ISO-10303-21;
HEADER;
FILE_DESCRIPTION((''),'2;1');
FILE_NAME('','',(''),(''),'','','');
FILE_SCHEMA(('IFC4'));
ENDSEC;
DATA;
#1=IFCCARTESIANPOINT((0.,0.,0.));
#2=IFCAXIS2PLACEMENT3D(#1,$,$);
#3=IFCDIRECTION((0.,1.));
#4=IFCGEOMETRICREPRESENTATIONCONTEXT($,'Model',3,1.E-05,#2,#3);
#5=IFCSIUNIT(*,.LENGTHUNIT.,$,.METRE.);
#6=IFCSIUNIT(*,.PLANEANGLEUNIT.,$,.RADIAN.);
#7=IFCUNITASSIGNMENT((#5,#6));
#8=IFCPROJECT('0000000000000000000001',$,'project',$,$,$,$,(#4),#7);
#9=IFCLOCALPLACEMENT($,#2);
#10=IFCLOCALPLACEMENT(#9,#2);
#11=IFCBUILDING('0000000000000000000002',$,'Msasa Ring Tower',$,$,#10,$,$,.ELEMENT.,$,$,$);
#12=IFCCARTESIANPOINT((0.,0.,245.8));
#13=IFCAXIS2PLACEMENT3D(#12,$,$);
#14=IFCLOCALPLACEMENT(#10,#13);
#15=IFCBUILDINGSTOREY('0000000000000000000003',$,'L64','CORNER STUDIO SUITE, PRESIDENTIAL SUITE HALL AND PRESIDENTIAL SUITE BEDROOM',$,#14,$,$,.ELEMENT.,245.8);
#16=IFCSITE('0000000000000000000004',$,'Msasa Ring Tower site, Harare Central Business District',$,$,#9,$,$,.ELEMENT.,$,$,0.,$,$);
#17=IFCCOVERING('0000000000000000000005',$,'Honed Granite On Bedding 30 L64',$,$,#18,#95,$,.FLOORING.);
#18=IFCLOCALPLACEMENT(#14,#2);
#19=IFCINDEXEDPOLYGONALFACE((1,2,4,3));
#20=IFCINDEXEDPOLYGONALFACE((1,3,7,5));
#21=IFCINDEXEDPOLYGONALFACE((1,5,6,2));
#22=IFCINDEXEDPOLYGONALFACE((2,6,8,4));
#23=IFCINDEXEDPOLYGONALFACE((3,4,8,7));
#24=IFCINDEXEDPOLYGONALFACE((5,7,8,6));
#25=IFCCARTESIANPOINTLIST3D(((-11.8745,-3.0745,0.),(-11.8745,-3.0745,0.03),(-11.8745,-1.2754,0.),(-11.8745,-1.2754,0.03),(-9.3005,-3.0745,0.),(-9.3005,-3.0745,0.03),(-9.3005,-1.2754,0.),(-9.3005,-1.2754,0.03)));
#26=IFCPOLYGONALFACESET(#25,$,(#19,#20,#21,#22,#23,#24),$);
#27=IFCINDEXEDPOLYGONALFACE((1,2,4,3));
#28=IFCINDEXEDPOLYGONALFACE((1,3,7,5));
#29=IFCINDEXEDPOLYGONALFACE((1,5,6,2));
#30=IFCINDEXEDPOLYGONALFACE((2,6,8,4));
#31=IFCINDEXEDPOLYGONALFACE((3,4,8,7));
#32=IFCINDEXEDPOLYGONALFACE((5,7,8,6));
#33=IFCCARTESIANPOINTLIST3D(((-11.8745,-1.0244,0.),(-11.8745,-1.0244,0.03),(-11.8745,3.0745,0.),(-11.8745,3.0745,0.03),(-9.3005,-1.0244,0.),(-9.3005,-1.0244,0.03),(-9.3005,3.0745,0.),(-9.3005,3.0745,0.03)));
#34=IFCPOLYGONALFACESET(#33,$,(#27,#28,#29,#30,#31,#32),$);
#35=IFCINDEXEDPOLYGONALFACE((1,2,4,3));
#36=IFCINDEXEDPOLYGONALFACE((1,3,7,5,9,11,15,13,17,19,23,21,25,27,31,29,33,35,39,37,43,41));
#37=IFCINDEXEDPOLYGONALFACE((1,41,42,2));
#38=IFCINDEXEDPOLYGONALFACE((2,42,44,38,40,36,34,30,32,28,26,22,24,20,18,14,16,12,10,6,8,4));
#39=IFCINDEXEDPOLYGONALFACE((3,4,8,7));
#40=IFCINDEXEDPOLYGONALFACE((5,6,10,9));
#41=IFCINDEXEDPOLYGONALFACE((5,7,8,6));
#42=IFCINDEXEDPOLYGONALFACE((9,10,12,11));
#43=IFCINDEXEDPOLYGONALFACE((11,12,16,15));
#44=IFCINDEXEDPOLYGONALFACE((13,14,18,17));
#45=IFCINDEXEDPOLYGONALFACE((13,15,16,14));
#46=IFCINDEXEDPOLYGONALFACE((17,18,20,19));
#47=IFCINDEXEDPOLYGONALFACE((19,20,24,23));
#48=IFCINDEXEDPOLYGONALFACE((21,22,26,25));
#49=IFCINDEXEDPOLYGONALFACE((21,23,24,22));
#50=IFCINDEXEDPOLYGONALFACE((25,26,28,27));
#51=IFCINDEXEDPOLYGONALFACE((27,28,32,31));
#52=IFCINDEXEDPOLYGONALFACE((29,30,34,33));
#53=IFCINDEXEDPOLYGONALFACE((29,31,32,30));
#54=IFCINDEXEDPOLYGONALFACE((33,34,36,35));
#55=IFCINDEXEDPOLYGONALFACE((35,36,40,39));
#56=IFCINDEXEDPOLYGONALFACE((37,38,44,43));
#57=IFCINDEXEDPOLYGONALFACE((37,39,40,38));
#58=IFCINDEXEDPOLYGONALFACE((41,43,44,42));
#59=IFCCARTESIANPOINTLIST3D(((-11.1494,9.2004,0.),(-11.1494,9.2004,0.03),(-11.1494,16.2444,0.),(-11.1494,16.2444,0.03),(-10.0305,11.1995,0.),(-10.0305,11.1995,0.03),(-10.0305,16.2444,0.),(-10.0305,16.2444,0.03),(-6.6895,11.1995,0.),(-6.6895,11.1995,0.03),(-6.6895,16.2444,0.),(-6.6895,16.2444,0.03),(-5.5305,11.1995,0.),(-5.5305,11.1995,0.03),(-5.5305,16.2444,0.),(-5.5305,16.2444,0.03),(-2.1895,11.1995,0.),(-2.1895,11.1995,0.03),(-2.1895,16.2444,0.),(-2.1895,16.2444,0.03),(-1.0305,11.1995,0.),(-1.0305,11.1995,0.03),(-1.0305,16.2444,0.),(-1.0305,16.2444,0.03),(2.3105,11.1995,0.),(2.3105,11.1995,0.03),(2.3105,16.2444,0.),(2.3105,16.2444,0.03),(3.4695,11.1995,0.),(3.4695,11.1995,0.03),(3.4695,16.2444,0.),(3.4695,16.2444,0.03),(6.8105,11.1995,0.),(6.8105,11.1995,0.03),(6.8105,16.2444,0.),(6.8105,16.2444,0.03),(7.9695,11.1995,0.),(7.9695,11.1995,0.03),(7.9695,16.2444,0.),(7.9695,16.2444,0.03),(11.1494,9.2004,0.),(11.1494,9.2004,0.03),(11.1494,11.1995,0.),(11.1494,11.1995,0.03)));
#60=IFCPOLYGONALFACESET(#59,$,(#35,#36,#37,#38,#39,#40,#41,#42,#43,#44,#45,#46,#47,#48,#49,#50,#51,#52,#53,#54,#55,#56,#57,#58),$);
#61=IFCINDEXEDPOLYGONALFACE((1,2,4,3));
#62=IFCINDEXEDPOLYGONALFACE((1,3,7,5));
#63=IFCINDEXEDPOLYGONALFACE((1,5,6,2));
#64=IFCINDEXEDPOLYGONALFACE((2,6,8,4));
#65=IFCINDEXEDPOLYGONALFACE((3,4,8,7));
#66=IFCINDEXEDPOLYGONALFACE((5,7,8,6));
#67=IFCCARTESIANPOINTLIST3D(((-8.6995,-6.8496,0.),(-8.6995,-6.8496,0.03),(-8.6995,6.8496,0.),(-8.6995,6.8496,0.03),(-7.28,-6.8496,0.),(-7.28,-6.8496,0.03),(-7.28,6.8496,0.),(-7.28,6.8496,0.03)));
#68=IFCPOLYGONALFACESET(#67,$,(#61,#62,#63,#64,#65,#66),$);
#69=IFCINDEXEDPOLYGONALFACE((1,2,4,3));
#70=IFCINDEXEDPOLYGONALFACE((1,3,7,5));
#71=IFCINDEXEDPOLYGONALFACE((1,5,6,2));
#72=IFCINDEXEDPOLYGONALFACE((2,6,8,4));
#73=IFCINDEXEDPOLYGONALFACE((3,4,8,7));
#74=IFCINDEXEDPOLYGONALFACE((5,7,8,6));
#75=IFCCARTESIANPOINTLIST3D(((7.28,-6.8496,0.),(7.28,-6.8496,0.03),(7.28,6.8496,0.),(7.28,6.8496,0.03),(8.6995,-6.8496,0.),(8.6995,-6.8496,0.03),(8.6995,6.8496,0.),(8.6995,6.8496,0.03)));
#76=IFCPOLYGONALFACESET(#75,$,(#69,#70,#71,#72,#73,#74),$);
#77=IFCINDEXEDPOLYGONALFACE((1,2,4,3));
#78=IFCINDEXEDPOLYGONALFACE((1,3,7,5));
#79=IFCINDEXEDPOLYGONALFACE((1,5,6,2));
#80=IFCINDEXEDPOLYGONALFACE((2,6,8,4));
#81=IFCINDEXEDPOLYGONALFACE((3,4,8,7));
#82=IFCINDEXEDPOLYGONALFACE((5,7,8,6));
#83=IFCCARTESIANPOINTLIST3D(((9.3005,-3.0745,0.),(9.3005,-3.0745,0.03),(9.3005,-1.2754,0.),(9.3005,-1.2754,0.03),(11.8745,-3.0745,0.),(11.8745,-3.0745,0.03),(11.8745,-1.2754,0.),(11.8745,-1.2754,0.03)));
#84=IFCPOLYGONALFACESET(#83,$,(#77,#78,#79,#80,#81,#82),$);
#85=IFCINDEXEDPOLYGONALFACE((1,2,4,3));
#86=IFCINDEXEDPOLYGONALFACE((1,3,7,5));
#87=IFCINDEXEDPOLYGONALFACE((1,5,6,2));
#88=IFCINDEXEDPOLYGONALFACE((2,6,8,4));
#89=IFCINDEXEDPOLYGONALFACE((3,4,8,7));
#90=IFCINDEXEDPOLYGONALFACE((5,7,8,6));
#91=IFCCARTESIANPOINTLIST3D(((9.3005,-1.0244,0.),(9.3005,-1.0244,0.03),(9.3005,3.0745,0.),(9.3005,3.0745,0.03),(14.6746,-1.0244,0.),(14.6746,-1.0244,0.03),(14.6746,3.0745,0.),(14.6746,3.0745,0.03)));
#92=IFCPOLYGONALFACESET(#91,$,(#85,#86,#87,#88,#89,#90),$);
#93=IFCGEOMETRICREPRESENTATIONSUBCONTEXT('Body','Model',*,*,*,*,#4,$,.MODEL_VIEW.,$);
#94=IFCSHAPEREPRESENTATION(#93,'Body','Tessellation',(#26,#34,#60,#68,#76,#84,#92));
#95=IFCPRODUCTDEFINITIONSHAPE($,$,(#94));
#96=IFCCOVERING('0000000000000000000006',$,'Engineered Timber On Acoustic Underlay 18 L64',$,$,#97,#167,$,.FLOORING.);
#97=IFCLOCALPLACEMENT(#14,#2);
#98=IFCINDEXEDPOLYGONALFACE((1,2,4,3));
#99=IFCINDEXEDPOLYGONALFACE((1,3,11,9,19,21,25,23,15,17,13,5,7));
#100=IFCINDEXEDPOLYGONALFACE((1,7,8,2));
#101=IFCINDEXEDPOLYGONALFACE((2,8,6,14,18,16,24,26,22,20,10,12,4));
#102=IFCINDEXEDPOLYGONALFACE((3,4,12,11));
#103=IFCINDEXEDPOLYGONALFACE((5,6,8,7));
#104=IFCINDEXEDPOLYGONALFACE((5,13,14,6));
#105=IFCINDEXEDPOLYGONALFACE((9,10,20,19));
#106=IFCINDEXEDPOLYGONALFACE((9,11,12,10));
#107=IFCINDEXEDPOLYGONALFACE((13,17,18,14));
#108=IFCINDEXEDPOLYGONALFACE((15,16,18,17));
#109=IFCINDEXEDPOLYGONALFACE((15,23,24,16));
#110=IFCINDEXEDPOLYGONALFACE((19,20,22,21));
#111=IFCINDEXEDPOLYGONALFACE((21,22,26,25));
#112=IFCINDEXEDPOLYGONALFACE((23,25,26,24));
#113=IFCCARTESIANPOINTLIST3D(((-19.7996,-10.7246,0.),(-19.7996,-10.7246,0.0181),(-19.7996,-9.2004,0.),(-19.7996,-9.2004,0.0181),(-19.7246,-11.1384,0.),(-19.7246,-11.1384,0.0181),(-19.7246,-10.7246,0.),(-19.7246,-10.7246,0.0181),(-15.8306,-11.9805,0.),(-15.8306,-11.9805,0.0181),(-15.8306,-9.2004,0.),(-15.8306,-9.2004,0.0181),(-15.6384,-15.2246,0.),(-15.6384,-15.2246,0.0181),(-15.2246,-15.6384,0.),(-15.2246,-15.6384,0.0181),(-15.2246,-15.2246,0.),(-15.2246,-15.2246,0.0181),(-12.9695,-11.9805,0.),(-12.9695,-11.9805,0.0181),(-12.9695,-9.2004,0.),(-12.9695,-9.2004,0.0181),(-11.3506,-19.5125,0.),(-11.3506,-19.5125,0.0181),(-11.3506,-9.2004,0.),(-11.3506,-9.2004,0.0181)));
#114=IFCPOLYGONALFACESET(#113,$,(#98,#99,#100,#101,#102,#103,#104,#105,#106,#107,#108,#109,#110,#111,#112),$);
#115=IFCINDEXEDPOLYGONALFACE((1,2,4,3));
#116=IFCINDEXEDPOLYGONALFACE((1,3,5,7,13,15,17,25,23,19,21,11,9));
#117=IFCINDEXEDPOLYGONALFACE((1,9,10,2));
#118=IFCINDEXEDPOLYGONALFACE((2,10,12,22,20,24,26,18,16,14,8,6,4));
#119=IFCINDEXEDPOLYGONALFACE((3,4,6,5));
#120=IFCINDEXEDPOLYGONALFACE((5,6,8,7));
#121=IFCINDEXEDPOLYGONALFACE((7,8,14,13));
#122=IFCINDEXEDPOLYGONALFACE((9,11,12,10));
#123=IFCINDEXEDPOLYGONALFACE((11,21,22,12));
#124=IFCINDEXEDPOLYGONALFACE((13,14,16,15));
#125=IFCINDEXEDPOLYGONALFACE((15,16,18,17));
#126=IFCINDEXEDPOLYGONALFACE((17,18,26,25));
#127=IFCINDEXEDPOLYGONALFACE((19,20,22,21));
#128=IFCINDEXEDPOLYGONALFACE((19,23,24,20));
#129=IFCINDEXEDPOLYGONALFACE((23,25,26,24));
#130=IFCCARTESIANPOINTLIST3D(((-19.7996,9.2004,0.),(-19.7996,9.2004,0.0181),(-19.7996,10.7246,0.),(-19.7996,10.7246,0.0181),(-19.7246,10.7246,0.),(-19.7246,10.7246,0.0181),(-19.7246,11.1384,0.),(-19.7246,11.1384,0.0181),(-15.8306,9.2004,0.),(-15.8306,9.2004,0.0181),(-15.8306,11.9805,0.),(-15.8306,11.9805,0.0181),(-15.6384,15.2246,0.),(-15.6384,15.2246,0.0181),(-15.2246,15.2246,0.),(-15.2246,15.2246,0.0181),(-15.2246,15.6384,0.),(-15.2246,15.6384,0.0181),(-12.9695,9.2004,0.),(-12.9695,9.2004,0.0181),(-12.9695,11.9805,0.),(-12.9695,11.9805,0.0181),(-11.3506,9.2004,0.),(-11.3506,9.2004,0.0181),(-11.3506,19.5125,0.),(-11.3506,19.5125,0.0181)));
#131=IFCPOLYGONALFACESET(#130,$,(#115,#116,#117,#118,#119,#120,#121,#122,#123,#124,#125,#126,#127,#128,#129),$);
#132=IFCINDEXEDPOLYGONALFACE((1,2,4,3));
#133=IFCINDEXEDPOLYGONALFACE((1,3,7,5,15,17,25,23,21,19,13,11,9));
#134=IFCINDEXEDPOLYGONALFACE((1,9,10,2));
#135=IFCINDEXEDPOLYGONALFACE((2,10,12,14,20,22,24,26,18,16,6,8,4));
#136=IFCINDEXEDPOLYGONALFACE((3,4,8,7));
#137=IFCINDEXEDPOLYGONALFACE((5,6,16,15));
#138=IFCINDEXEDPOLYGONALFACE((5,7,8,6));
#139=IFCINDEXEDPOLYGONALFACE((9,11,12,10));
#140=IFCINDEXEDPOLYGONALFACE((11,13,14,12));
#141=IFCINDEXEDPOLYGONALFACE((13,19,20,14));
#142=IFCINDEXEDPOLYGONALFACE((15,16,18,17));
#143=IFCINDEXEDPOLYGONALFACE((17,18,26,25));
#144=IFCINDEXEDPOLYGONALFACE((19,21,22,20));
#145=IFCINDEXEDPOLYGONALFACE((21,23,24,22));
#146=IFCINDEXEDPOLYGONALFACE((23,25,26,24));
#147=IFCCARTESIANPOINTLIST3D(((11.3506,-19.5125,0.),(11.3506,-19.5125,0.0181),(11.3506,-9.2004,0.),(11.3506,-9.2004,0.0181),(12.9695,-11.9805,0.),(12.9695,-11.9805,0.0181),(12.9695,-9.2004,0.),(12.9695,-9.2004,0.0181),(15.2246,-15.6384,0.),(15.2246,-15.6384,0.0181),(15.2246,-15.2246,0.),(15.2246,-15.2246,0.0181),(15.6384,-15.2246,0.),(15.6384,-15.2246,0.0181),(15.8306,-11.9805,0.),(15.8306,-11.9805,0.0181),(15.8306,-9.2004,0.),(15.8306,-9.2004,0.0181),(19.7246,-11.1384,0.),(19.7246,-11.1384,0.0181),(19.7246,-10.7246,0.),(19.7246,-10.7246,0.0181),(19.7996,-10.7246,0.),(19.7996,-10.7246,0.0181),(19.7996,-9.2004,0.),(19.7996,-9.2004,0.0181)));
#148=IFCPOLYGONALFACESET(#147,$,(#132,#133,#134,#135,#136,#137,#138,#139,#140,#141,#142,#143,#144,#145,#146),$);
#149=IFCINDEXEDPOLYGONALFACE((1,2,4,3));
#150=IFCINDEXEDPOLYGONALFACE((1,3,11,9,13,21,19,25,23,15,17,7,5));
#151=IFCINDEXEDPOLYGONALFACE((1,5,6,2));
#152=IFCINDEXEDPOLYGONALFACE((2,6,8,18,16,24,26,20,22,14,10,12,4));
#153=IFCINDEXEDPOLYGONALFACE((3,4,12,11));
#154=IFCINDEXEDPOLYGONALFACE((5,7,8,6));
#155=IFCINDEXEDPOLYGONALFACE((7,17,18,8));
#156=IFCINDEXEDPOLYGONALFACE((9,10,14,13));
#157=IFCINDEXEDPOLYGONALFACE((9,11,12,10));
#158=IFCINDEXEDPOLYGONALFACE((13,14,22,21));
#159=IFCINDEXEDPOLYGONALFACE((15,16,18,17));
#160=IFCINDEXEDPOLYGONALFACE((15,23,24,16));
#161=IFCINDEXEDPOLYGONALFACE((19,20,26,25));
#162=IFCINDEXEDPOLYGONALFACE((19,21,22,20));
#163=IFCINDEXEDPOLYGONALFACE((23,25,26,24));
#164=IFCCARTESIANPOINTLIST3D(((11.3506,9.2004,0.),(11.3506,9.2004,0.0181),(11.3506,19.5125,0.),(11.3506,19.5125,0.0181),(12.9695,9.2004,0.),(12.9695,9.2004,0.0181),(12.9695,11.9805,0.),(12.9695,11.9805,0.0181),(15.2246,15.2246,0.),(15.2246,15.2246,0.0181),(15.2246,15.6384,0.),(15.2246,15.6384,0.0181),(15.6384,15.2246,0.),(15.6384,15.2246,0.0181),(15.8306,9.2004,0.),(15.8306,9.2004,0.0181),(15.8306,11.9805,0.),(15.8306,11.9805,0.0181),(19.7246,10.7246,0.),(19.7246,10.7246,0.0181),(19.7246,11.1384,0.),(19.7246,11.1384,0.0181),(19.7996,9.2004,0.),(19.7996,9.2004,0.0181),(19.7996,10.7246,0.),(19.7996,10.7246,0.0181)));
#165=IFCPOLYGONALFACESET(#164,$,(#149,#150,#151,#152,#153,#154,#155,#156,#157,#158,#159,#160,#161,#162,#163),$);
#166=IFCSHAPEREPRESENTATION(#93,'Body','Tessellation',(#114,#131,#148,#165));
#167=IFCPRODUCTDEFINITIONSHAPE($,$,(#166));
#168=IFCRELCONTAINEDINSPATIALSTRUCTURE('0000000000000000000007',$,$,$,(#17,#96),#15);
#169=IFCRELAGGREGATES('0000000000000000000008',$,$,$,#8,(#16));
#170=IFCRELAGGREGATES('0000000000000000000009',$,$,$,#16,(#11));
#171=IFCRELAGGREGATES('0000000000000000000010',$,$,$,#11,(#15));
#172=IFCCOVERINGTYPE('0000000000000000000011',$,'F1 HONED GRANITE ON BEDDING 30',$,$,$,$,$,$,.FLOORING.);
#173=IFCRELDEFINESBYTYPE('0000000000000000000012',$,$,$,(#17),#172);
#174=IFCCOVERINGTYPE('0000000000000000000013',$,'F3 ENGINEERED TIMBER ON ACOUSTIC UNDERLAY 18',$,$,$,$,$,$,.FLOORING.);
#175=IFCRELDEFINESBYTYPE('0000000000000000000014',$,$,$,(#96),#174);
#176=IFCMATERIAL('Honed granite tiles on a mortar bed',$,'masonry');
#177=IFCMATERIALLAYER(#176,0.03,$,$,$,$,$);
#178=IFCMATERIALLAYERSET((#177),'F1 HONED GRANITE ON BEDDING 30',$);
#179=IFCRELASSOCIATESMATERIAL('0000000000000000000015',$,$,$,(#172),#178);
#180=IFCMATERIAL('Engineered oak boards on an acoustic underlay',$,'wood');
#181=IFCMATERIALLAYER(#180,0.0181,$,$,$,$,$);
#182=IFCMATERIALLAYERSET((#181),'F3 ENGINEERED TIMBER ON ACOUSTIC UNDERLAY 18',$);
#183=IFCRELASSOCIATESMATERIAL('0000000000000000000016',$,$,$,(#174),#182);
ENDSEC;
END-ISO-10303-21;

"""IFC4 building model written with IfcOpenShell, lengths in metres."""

from ifc_helpers import new_model, si_unit, direction, frame, origin, place, context, subcontext, project, spatial, line, indexed_curve, outline, extrude, material, layer, layer_set, type_object, element, save


model = new_model("IFC4")

# Units and contexts
model_context = context("Model", 3, precision=1e-05, world=origin(), true_north=direction((0.0, 1.0)))
body_context = subcontext(model_context, "Body", "Model", "MODEL_VIEW")
ifc_project = project(units=[si_unit("LENGTHUNIT", "METRE"), si_unit("PLANEANGLEUNIT", "RADIAN")], contexts=[model_context])

# Site, building, storey
site_placement = place(None, origin())
site = spatial("IfcSite", under=ifc_project, at=site_placement, Name="Msasa Ring Tower site, Harare Central Business District", CompositionType="ELEMENT", RefElevation=0.0)
building_placement = place(site_placement, origin())
building = spatial("IfcBuilding", under=site, at=building_placement, Name="Msasa Ring Tower", CompositionType="ELEMENT")
storey_placement = place(building_placement, frame((0.0, 0.0, 245.8)))
storey = spatial("IfcBuildingStorey", under=building, at=storey_placement, Name="L64", Description="CORNER STUDIO SUITE, PRESIDENTIAL SUITE HALL AND PRESIDENTIAL SUITE BEDROOM", CompositionType="ELEMENT", Elevation=245.8)

# Coverings
ifc_material_1 = material(Name="Honed granite tiles on a mortar bed", Category="masonry")
ifc_layer_1 = layer(ifc_material_1, 0.03)
ifc_layer_set_1 = layer_set([ifc_layer_1], Name="F1 HONED GRANITE ON BEDDING 30")
covering_type_1 = type_object("IfcCoveringType", Name="F1 HONED GRANITE ON BEDDING 30", PredefinedType="FLOORING", material=ifc_layer_set_1)
covering_1_placement = place(storey_placement, origin())
element("IfcCovering", 1, at=covering_1_placement, inside=storey, type_object=covering_type_1, Name="Honed Granite On Bedding 30 L64", PredefinedType="FLOORING", context=body_context, shape_type="SweptSolid", body=[
    extrude(outline(indexed_curve([(-11.8745, -3.0745), (-11.8745, -1.2754), (-9.3005, -1.2754), (-9.3005, -3.0745)], segments=[line(1, 2, 3, 4, 1)], self_intersect=False)), origin(), (0.0, 0.0, 1.0), 0.03),
    extrude(outline(indexed_curve([(-11.8745, 3.0745), (-9.3005, 3.0745), (-9.3005, -1.0244), (-11.8745, -1.0244)], segments=[line(1, 2, 3, 4, 1)], self_intersect=False)), origin(), (0.0, 0.0, 1.0), 0.03),
    extrude(outline(indexed_curve([(-5.5305, 16.2444), (-5.5305, 11.1995), (-2.1895, 11.1995), (-2.1895, 16.2444), (-1.0305, 16.2444), (-1.0305, 11.1995), (2.3105, 11.1995), (2.3105, 16.2444), (3.4695, 16.2444), (3.4695, 11.1995), (6.8105, 11.1995), (6.8105, 16.2444), (7.9695, 16.2444), (7.9695, 11.1995), (11.1494, 11.1995), (11.1494, 9.2004), (-11.1494, 9.2004), (-11.1494, 16.2444), (-10.0305, 16.2444), (-10.0305, 11.1995), (-6.6895, 11.1995), (-6.6895, 16.2444)], segments=[line(1, 2, 3, 4, 5, 6, 7, 8, 9, 10, 11, 12, 13, 14, 15, 16, 17, 18, 19, 20, 21, 22, 1)], self_intersect=False)), origin(), (0.0, 0.0, 1.0), 0.03),
    extrude(outline(indexed_curve([(-8.6995, 6.8496), (-7.28, 6.8496), (-7.28, -6.8496), (-8.6995, -6.8496)], segments=[line(1, 2, 3, 4, 1)], self_intersect=False)), origin(), (0.0, 0.0, 1.0), 0.03),
    extrude(outline(indexed_curve([(8.6995, 6.8496), (8.6995, -6.8496), (7.28, -6.8496), (7.28, 6.8496)], segments=[line(1, 2, 3, 4, 1)], self_intersect=False)), origin(), (0.0, 0.0, 1.0), 0.03),
    extrude(outline(indexed_curve([(9.3005, -1.2754), (11.8745, -1.2754), (11.8745, -3.0745), (9.3005, -3.0745)], segments=[line(1, 2, 3, 4, 1)], self_intersect=False)), origin(), (0.0, 0.0, 1.0), 0.03),
    extrude(outline(indexed_curve([(9.3005, 3.0745), (14.6746, 3.0745), (14.6746, -1.0244), (9.3005, -1.0244)], segments=[line(1, 2, 3, 4, 1)], self_intersect=False)), origin(), (0.0, 0.0, 1.0), 0.03),
])
ifc_material_2 = material(Name="Engineered oak boards on an acoustic underlay", Category="wood")
ifc_layer_2 = layer(ifc_material_2, 0.0181)
ifc_layer_set_2 = layer_set([ifc_layer_2], Name="F3 ENGINEERED TIMBER ON ACOUSTIC UNDERLAY 18")
covering_type_2 = type_object("IfcCoveringType", Name="F3 ENGINEERED TIMBER ON ACOUSTIC UNDERLAY 18", PredefinedType="FLOORING", material=ifc_layer_set_2)
covering_2_placement = place(storey_placement, origin())
element("IfcCovering", 2, at=covering_2_placement, inside=storey, type_object=covering_type_2, Name="Engineered Timber On Acoustic Underlay 18 L64", PredefinedType="FLOORING", context=body_context, shape_type="SweptSolid", body=[
    extrude(outline(indexed_curve([(-15.8306, -11.9805), (-12.9695, -11.9805), (-12.9695, -9.2004), (-11.3506, -9.2004), (-11.3506, -19.5125), (-15.2246, -15.6384), (-15.2246, -15.2246), (-15.6384, -15.2246), (-19.7246, -11.1384), (-19.7246, -10.7246), (-19.7996, -10.7246), (-19.7996, -9.2004), (-15.8306, -9.2004)], segments=[line(1, 2, 3, 4, 5, 6, 7, 8, 9, 10, 11, 12, 13, 1)], self_intersect=False)), origin(), (0.0, 0.0, 1.0), 0.0181),
    extrude(outline(indexed_curve([(-15.8306, 9.2004), (-19.7996, 9.2004), (-19.7996, 10.7246), (-19.7246, 10.7246), (-19.7246, 11.1384), (-15.6384, 15.2246), (-15.2246, 15.2246), (-15.2246, 15.6384), (-11.3506, 19.5125), (-11.3506, 9.2004), (-12.9695, 9.2004), (-12.9695, 11.9805), (-15.8306, 11.9805)], segments=[line(1, 2, 3, 4, 5, 6, 7, 8, 9, 10, 11, 12, 13, 1)], self_intersect=False)), origin(), (0.0, 0.0, 1.0), 0.0181),
    extrude(outline(indexed_curve([(15.8306, -9.2004), (19.7996, -9.2004), (19.7996, -10.7246), (19.7246, -10.7246), (19.7246, -11.1384), (15.6384, -15.2246), (15.2246, -15.2246), (15.2246, -15.6384), (11.3506, -19.5125), (11.3506, -9.2004), (12.9695, -9.2004), (12.9695, -11.9805), (15.8306, -11.9805)], segments=[line(1, 2, 3, 4, 5, 6, 7, 8, 9, 10, 11, 12, 13, 1)], self_intersect=False)), origin(), (0.0, 0.0, 1.0), 0.0181),
    extrude(outline(indexed_curve([(15.8306, 11.9805), (12.9695, 11.9805), (12.9695, 9.2004), (11.3506, 9.2004), (11.3506, 19.5125), (15.2246, 15.6384), (15.2246, 15.2246), (15.6384, 15.2246), (19.7246, 11.1384), (19.7246, 10.7246), (19.7996, 10.7246), (19.7996, 9.2004), (15.8306, 9.2004)], segments=[line(1, 2, 3, 4, 5, 6, 7, 8, 9, 10, 11, 12, 13, 1)], self_intersect=False)), origin(), (0.0, 0.0, 1.0), 0.0181),
])

save(model, "model.ifc")
